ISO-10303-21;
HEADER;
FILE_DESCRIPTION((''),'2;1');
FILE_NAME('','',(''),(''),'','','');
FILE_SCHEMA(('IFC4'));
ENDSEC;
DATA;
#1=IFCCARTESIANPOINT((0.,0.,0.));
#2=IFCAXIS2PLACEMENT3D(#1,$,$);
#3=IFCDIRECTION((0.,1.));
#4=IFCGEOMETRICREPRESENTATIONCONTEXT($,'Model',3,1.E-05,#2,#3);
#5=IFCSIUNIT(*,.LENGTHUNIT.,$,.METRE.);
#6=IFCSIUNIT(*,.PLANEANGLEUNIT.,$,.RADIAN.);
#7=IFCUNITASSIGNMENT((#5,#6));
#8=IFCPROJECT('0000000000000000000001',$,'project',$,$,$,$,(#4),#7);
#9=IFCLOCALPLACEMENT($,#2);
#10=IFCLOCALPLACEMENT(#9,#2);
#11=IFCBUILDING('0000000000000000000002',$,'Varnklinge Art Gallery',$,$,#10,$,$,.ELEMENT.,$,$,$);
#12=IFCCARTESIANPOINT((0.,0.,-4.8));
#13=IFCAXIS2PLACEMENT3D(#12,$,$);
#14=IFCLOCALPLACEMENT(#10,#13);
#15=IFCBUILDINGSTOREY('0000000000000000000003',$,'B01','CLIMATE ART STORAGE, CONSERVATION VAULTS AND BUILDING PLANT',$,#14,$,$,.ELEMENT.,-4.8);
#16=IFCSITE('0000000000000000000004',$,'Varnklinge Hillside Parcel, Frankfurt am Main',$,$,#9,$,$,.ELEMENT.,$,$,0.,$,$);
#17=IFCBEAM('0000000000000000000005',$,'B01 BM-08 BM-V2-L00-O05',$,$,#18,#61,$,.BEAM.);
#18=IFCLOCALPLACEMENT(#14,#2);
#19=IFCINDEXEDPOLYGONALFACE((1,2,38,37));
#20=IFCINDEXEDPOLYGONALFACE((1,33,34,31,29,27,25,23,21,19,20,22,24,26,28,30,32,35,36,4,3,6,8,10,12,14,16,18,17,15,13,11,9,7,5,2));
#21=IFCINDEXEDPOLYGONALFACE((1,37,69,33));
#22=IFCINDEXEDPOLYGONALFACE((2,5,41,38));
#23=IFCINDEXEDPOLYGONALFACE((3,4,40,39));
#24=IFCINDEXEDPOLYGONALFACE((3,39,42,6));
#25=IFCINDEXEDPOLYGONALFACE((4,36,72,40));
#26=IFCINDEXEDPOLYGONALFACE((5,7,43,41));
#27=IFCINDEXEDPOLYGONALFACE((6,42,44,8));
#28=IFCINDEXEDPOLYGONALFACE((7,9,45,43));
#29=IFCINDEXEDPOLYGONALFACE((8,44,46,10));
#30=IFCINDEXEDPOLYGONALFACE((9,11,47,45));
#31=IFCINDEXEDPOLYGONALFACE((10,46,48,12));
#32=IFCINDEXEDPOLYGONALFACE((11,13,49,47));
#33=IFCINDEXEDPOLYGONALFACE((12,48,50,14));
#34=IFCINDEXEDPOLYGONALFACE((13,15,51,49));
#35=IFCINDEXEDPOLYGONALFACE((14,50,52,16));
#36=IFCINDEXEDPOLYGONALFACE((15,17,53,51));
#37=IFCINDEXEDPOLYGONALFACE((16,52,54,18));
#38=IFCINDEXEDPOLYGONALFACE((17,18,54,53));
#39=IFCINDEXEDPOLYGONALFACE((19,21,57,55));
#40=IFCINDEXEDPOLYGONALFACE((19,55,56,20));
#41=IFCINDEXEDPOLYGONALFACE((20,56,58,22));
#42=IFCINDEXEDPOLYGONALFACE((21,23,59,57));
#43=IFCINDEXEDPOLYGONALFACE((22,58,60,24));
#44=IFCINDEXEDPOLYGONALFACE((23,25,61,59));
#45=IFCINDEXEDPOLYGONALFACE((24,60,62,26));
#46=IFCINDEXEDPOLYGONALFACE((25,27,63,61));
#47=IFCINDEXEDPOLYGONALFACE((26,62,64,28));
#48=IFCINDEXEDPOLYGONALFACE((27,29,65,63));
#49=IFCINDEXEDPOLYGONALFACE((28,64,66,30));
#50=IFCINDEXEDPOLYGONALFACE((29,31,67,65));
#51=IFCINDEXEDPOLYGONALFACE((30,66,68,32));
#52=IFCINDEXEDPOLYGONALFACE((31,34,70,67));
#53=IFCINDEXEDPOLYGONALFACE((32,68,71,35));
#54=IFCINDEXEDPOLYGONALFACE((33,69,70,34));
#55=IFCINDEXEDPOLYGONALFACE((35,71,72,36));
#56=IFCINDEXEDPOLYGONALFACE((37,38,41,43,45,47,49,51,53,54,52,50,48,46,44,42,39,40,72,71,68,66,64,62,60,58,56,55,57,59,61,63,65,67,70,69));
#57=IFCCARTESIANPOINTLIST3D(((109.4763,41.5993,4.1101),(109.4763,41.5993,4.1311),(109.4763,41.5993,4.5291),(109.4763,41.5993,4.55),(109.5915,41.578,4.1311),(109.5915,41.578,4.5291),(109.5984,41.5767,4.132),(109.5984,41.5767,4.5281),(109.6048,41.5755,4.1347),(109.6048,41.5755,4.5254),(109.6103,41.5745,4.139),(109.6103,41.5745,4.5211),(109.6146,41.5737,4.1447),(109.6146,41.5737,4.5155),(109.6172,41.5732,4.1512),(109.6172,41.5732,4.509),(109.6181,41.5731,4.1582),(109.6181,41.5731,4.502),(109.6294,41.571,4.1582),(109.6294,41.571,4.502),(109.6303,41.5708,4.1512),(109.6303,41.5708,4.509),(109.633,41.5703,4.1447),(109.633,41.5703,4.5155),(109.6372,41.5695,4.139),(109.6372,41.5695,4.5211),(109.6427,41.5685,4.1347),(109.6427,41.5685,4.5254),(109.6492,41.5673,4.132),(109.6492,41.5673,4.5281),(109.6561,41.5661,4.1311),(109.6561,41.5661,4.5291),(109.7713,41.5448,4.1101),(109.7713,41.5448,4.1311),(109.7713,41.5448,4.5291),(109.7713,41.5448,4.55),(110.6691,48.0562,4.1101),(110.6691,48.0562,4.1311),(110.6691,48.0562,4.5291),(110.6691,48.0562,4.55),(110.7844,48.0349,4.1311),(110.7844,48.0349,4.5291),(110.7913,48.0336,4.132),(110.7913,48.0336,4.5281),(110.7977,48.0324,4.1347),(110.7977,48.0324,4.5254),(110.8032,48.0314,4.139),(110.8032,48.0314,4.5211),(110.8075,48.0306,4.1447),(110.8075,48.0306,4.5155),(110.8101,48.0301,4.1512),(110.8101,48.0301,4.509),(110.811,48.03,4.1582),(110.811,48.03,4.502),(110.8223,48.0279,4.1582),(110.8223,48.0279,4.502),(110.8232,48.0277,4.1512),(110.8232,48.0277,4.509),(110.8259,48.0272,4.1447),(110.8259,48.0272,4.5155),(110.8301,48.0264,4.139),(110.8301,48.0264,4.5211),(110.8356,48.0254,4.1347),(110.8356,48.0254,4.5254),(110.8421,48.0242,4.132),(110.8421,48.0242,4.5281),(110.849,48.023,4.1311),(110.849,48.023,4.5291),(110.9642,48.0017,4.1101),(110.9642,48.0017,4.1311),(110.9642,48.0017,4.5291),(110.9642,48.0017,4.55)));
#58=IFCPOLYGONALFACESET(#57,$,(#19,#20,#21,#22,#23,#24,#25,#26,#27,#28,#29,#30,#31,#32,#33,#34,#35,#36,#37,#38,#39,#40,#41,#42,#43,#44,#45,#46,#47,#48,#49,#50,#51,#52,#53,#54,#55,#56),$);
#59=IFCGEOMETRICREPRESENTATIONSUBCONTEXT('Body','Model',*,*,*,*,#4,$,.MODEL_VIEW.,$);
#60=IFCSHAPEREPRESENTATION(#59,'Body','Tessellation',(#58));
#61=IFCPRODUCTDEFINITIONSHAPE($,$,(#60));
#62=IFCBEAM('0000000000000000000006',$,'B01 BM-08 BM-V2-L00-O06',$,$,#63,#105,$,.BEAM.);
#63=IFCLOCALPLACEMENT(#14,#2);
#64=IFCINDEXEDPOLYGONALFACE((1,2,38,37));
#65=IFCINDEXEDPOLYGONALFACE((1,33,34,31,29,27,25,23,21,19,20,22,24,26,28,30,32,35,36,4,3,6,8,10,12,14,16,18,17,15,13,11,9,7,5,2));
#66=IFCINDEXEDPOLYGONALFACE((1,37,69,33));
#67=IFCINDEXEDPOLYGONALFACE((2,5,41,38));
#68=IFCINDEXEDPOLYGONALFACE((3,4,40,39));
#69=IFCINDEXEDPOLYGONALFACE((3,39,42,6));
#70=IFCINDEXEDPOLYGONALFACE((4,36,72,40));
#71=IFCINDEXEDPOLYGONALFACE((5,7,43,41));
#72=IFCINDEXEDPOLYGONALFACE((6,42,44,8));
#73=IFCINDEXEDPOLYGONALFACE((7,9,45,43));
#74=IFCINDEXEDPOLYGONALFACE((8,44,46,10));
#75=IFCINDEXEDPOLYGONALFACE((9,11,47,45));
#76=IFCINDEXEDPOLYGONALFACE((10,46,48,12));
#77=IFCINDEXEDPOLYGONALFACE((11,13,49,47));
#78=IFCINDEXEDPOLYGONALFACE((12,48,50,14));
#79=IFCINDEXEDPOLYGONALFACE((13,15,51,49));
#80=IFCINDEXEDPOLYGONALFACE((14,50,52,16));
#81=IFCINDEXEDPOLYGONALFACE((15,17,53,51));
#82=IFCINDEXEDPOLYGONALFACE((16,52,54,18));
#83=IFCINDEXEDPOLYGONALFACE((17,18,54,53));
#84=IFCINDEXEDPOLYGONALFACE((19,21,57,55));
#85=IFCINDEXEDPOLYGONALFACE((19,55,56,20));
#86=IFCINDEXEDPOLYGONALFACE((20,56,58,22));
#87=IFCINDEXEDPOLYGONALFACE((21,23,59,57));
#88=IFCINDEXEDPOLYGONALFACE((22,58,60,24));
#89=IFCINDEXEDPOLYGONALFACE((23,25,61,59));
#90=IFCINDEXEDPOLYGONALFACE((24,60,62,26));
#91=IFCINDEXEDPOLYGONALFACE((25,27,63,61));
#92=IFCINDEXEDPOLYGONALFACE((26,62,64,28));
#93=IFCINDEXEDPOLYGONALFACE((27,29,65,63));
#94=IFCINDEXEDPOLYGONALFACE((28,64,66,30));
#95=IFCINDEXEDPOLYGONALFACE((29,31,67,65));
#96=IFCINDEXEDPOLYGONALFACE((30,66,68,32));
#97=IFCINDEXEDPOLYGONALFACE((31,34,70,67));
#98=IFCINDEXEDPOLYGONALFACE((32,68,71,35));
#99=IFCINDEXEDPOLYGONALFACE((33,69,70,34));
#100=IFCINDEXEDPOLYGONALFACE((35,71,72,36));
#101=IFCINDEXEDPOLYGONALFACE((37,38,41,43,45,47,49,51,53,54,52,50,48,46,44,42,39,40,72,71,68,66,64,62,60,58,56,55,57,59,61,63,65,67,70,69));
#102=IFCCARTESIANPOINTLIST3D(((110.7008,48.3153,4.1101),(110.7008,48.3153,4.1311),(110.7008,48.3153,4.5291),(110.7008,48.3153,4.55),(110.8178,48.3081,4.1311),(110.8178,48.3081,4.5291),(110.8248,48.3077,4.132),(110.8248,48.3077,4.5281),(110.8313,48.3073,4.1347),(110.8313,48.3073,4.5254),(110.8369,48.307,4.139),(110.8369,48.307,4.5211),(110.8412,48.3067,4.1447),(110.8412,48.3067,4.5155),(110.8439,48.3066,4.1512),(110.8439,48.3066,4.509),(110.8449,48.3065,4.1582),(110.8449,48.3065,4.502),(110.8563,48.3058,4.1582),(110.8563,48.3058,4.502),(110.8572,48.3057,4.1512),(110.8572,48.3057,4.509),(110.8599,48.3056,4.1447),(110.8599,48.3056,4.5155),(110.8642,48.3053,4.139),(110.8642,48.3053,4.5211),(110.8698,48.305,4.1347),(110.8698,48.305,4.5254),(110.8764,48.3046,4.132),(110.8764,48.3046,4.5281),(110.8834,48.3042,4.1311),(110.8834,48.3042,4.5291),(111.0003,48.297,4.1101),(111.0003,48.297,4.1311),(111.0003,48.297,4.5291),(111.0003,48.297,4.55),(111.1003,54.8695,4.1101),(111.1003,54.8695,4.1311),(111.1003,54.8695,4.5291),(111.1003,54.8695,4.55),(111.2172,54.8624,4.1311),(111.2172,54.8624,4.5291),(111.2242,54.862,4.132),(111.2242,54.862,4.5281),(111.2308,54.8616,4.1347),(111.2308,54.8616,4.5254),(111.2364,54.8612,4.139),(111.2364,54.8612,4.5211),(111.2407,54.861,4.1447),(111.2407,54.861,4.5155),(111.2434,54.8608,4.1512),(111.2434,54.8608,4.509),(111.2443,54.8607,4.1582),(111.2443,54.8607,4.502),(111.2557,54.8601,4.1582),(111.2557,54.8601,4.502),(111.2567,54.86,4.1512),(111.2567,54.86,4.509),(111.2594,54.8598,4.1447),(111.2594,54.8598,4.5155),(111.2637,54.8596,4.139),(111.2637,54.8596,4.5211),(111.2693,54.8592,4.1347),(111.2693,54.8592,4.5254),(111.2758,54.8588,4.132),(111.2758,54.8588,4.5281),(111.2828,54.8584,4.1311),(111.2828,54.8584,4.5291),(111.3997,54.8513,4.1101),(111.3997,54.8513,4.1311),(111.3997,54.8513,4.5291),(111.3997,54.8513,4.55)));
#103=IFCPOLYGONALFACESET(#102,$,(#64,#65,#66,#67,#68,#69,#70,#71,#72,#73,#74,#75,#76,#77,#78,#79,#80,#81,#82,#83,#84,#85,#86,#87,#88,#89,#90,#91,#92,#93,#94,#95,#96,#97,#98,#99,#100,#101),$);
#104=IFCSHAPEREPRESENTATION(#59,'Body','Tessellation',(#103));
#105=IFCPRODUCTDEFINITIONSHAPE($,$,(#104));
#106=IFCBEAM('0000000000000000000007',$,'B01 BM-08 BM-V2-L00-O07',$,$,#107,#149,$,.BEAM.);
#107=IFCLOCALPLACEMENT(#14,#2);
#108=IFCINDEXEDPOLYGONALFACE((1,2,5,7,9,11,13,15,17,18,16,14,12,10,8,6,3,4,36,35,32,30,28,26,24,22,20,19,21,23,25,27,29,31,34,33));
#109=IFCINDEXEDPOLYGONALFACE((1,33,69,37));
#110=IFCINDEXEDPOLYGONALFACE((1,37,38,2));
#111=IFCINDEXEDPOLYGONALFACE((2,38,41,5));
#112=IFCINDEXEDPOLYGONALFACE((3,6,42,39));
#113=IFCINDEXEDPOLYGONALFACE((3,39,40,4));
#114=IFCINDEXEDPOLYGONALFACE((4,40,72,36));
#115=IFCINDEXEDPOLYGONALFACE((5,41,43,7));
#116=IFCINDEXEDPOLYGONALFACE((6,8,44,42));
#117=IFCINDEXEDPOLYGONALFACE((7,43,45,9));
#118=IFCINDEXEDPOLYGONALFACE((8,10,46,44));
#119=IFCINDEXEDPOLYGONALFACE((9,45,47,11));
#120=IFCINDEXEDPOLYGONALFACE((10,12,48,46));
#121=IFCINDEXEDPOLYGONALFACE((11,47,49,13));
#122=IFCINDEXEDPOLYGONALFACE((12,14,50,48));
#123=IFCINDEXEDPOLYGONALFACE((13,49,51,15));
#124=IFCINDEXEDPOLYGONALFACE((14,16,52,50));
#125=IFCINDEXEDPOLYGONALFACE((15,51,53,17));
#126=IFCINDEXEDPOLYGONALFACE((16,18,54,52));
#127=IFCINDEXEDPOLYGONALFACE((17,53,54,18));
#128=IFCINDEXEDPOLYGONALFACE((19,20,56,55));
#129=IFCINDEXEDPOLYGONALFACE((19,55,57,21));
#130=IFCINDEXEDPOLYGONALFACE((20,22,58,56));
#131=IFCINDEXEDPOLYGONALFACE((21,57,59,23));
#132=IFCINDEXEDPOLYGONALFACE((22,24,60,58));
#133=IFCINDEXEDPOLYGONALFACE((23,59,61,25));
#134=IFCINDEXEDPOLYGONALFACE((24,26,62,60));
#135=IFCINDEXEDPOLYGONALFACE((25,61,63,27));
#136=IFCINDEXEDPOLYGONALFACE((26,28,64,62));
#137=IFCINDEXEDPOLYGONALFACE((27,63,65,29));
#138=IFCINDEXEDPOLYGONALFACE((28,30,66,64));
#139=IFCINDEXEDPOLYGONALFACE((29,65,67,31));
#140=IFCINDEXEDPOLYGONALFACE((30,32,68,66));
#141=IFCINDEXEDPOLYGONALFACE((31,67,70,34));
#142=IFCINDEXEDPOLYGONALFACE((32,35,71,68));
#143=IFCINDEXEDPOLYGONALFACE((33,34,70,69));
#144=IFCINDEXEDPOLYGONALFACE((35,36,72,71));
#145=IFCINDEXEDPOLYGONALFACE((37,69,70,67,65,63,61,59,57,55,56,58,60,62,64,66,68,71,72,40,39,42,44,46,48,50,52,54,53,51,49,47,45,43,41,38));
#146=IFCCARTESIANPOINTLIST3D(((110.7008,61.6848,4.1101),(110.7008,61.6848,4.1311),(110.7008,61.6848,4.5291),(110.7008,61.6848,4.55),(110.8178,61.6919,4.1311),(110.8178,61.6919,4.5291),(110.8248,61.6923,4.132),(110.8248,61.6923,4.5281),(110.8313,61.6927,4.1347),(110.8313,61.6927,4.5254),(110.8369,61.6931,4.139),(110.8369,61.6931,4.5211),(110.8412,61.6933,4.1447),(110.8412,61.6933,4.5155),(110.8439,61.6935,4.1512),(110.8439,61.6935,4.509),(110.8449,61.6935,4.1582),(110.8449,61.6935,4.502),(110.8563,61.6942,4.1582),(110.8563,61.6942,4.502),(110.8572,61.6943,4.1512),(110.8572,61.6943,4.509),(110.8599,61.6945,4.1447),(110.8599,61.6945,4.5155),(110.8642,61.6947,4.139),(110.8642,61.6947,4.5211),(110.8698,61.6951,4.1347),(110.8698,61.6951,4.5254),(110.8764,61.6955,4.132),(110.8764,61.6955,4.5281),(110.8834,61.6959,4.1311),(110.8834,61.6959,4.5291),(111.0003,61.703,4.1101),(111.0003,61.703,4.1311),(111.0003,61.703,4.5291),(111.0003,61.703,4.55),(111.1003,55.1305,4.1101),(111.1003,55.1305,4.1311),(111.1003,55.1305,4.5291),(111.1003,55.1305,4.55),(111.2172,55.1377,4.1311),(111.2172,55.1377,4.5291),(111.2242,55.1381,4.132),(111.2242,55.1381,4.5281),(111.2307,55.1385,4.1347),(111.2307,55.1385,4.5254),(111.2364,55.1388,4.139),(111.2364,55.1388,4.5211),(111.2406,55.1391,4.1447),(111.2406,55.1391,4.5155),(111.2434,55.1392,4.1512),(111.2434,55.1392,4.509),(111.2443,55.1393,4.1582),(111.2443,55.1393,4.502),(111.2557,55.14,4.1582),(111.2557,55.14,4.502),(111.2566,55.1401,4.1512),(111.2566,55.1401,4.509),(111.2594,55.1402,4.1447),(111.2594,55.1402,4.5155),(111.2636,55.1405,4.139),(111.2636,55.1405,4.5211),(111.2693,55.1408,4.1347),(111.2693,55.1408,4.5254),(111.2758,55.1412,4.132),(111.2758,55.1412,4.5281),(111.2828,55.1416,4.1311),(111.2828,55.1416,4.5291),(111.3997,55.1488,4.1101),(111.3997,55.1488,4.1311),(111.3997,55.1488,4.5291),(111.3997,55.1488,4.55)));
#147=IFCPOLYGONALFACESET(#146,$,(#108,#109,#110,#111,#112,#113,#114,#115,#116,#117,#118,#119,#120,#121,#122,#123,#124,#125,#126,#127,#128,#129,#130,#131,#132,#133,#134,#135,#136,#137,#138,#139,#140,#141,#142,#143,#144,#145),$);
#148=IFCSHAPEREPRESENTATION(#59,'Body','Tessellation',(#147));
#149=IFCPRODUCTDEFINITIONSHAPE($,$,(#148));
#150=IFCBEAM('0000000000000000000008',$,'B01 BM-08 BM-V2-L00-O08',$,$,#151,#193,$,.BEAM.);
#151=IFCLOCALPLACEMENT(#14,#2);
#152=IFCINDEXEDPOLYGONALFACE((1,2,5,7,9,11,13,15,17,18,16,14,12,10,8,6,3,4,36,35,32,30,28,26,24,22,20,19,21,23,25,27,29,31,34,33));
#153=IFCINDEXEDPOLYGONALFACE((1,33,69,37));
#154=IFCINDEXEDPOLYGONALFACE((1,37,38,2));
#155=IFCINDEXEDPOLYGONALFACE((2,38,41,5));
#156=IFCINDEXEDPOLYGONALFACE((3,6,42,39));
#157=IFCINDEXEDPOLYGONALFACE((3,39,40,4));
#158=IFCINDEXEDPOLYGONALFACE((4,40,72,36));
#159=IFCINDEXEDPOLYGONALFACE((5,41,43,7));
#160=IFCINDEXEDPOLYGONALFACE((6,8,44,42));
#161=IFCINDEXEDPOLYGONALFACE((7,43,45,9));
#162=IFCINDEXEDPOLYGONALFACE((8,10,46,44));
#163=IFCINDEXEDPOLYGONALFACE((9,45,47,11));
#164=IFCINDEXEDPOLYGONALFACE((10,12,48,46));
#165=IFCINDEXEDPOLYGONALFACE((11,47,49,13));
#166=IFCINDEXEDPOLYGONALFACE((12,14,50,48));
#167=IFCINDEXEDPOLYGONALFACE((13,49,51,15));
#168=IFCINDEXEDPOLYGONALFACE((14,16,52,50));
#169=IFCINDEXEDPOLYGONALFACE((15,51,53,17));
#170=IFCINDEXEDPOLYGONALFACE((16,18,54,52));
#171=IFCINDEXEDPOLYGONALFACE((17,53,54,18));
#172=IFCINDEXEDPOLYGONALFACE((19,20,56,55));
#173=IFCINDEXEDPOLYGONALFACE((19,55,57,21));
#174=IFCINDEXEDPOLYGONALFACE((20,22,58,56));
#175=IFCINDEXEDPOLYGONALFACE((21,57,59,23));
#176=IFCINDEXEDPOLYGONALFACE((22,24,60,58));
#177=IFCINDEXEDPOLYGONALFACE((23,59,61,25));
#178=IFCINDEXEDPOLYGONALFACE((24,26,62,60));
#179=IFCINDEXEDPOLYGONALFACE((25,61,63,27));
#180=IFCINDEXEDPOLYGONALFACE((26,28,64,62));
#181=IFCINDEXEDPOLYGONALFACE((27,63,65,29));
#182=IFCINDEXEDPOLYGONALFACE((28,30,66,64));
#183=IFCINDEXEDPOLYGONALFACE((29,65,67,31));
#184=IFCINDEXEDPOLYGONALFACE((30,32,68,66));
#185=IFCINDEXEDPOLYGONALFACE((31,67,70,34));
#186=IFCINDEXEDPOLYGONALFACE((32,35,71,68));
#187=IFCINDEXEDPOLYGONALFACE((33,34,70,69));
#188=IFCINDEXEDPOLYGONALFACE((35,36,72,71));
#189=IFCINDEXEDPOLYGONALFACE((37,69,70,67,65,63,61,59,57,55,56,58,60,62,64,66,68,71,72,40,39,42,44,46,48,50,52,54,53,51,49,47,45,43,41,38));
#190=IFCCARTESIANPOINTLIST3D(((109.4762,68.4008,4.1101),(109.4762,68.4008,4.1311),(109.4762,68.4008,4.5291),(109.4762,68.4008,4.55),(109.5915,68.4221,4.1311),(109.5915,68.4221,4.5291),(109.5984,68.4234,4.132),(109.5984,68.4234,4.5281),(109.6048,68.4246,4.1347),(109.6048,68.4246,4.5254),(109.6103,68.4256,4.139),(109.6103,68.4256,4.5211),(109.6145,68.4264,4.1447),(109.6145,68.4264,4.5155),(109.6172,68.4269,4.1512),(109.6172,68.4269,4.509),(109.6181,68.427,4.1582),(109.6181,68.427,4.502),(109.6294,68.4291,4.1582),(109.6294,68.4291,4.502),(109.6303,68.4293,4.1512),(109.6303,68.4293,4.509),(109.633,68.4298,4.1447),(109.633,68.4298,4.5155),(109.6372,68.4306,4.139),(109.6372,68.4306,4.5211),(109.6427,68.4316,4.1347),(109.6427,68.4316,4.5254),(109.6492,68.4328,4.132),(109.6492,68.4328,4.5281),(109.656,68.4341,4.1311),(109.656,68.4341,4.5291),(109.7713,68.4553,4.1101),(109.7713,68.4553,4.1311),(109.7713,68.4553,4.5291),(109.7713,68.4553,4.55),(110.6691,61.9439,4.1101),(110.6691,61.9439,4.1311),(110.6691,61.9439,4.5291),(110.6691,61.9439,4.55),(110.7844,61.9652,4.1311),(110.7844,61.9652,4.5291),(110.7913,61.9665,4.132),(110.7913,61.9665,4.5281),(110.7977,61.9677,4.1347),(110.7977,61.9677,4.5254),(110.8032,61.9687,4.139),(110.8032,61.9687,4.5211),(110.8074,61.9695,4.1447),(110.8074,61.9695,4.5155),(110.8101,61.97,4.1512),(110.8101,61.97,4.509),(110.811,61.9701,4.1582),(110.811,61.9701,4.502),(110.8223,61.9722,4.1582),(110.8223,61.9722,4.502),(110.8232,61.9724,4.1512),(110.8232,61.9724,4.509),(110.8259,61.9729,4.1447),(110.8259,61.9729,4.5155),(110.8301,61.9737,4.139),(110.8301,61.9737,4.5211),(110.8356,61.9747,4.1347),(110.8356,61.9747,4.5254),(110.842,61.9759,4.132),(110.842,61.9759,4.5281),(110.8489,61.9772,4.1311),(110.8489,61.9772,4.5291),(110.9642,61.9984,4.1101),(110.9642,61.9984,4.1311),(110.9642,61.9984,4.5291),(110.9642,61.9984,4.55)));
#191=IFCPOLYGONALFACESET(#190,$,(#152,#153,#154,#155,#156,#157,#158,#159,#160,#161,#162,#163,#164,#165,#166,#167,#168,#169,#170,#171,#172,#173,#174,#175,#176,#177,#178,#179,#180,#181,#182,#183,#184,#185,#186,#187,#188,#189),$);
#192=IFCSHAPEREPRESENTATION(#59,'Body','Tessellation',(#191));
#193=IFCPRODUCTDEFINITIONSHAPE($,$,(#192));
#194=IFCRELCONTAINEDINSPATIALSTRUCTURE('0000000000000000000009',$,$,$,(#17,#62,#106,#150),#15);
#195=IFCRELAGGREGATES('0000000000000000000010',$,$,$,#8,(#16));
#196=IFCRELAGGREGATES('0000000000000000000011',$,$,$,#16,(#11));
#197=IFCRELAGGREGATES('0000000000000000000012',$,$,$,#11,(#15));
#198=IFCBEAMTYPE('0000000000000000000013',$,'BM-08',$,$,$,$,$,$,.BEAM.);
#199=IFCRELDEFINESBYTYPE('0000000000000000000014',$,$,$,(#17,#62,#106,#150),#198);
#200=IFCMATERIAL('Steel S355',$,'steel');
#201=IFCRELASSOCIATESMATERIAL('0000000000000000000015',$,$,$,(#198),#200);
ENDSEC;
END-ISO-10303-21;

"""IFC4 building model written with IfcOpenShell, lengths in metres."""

from ifc_helpers import new_model, si_unit, direction, frame, origin, origin_2d, place, context, subcontext, project, spatial, i_section, extrude, material, material_profile, profile_set, type_object, element, save


model = new_model("IFC4")

# Units and contexts
model_context = context("Model", 3, precision=1e-05, world=origin(), true_north=direction((0.0, 1.0)))
body_context = subcontext(model_context, "Body", "Model", "MODEL_VIEW")
ifc_project = project(units=[si_unit("LENGTHUNIT", "METRE"), si_unit("PLANEANGLEUNIT", "RADIAN")], contexts=[model_context])

# Site, building, storey
site_placement = place(None, origin())
site = spatial("IfcSite", under=ifc_project, at=site_placement, Name="Varnklinge Hillside Parcel, Frankfurt am Main", CompositionType="ELEMENT", RefElevation=0.0)
building_placement = place(site_placement, origin())
building = spatial("IfcBuilding", under=site, at=building_placement, Name="Varnklinge Art Gallery", CompositionType="ELEMENT")
storey_placement = place(building_placement, frame((0.0, 0.0, -4.8)))
storey = spatial("IfcBuildingStorey", under=building, at=storey_placement, Name="B01", Description="CLIMATE ART STORAGE, CONSERVATION VAULTS AND BUILDING PLANT", CompositionType="ELEMENT", Elevation=-4.8)

# Beams
ifc_material_1 = material(Name="Steel S355", Category="steel")
ifc_material_profile_1 = material_profile(ifc_material_1, i_section(OverallWidth=0.3, OverallDepth=0.4399, WebThickness=0.0115, FlangeThickness=0.021, FilletRadius=0.0271, at=origin_2d()), Name="HEA 450")
ifc_profile_set_1 = profile_set([ifc_material_profile_1], Name="Steel S355")
beam_type_1 = type_object("IfcBeamType", Name="BM-08", PredefinedType="BEAM", material=ifc_profile_set_1)
beam_1_placement = place(storey_placement, frame((109.6238, 41.572, 4.3301), z_axis=(0.181672, 0.983359, 0.0), x_axis=(-0.983359, 0.181672, 0.0)))
element("IfcBeam", 1, at=beam_1_placement, inside=storey, type_object=beam_type_1, Name="B01 BM-08 BM-V2-L00-O05", PredefinedType="BEAM", context=body_context, shape_type="SweptSolid", body=[
    extrude(i_section(OverallWidth=0.3, OverallDepth=0.4399, WebThickness=0.0115, FlangeThickness=0.021, FilletRadius=0.0271, at=origin_2d()), origin(), (0.0, 0.0, 1.0), 6.5662),
])
for number, where, z_axis, x_axis, name in (
    (2, (110.8506, 48.3062, 4.3301), (0.060827, 0.998148, 0.0), (-0.998148, 0.060827, 0.0), "B01 BM-08 BM-V2-L00-O06"),
    (3, (111.25, 55.1396, 4.3301), (-0.060827, 0.998148, 0.0), (-0.998148, -0.060827, 0.0), "B01 BM-08 BM-V2-L00-O07"),
):
    element("IfcBeam", number, at=place(storey_placement, frame(where, z_axis=z_axis, x_axis=x_axis)), inside=storey, type_object=beam_type_1, Name=name, PredefinedType="BEAM", context=body_context, shape_type="SweptSolid", body=[
        extrude(i_section(OverallWidth=0.3, OverallDepth=0.4399, WebThickness=0.0115, FlangeThickness=0.021, FilletRadius=0.0271, at=origin_2d()), origin(), (0.0, 0.0, 1.0), 6.5664),
    ])
beam_2_placement = place(storey_placement, frame((110.8167, 61.9712, 4.3301), z_axis=(-0.181672, 0.983359, 0.0), x_axis=(-0.983359, -0.181672, 0.0)))
element("IfcBeam", 4, at=beam_2_placement, inside=storey, type_object=beam_type_1, Name="B01 BM-08 BM-V2-L00-O08", PredefinedType="BEAM", context=body_context, shape_type="SweptSolid", body=[
    extrude(i_section(OverallWidth=0.3, OverallDepth=0.4399, WebThickness=0.0115, FlangeThickness=0.021, FilletRadius=0.0271, at=origin_2d()), origin(), (0.0, 0.0, 1.0), 6.5662),
])

save(model, "model.ifc")
